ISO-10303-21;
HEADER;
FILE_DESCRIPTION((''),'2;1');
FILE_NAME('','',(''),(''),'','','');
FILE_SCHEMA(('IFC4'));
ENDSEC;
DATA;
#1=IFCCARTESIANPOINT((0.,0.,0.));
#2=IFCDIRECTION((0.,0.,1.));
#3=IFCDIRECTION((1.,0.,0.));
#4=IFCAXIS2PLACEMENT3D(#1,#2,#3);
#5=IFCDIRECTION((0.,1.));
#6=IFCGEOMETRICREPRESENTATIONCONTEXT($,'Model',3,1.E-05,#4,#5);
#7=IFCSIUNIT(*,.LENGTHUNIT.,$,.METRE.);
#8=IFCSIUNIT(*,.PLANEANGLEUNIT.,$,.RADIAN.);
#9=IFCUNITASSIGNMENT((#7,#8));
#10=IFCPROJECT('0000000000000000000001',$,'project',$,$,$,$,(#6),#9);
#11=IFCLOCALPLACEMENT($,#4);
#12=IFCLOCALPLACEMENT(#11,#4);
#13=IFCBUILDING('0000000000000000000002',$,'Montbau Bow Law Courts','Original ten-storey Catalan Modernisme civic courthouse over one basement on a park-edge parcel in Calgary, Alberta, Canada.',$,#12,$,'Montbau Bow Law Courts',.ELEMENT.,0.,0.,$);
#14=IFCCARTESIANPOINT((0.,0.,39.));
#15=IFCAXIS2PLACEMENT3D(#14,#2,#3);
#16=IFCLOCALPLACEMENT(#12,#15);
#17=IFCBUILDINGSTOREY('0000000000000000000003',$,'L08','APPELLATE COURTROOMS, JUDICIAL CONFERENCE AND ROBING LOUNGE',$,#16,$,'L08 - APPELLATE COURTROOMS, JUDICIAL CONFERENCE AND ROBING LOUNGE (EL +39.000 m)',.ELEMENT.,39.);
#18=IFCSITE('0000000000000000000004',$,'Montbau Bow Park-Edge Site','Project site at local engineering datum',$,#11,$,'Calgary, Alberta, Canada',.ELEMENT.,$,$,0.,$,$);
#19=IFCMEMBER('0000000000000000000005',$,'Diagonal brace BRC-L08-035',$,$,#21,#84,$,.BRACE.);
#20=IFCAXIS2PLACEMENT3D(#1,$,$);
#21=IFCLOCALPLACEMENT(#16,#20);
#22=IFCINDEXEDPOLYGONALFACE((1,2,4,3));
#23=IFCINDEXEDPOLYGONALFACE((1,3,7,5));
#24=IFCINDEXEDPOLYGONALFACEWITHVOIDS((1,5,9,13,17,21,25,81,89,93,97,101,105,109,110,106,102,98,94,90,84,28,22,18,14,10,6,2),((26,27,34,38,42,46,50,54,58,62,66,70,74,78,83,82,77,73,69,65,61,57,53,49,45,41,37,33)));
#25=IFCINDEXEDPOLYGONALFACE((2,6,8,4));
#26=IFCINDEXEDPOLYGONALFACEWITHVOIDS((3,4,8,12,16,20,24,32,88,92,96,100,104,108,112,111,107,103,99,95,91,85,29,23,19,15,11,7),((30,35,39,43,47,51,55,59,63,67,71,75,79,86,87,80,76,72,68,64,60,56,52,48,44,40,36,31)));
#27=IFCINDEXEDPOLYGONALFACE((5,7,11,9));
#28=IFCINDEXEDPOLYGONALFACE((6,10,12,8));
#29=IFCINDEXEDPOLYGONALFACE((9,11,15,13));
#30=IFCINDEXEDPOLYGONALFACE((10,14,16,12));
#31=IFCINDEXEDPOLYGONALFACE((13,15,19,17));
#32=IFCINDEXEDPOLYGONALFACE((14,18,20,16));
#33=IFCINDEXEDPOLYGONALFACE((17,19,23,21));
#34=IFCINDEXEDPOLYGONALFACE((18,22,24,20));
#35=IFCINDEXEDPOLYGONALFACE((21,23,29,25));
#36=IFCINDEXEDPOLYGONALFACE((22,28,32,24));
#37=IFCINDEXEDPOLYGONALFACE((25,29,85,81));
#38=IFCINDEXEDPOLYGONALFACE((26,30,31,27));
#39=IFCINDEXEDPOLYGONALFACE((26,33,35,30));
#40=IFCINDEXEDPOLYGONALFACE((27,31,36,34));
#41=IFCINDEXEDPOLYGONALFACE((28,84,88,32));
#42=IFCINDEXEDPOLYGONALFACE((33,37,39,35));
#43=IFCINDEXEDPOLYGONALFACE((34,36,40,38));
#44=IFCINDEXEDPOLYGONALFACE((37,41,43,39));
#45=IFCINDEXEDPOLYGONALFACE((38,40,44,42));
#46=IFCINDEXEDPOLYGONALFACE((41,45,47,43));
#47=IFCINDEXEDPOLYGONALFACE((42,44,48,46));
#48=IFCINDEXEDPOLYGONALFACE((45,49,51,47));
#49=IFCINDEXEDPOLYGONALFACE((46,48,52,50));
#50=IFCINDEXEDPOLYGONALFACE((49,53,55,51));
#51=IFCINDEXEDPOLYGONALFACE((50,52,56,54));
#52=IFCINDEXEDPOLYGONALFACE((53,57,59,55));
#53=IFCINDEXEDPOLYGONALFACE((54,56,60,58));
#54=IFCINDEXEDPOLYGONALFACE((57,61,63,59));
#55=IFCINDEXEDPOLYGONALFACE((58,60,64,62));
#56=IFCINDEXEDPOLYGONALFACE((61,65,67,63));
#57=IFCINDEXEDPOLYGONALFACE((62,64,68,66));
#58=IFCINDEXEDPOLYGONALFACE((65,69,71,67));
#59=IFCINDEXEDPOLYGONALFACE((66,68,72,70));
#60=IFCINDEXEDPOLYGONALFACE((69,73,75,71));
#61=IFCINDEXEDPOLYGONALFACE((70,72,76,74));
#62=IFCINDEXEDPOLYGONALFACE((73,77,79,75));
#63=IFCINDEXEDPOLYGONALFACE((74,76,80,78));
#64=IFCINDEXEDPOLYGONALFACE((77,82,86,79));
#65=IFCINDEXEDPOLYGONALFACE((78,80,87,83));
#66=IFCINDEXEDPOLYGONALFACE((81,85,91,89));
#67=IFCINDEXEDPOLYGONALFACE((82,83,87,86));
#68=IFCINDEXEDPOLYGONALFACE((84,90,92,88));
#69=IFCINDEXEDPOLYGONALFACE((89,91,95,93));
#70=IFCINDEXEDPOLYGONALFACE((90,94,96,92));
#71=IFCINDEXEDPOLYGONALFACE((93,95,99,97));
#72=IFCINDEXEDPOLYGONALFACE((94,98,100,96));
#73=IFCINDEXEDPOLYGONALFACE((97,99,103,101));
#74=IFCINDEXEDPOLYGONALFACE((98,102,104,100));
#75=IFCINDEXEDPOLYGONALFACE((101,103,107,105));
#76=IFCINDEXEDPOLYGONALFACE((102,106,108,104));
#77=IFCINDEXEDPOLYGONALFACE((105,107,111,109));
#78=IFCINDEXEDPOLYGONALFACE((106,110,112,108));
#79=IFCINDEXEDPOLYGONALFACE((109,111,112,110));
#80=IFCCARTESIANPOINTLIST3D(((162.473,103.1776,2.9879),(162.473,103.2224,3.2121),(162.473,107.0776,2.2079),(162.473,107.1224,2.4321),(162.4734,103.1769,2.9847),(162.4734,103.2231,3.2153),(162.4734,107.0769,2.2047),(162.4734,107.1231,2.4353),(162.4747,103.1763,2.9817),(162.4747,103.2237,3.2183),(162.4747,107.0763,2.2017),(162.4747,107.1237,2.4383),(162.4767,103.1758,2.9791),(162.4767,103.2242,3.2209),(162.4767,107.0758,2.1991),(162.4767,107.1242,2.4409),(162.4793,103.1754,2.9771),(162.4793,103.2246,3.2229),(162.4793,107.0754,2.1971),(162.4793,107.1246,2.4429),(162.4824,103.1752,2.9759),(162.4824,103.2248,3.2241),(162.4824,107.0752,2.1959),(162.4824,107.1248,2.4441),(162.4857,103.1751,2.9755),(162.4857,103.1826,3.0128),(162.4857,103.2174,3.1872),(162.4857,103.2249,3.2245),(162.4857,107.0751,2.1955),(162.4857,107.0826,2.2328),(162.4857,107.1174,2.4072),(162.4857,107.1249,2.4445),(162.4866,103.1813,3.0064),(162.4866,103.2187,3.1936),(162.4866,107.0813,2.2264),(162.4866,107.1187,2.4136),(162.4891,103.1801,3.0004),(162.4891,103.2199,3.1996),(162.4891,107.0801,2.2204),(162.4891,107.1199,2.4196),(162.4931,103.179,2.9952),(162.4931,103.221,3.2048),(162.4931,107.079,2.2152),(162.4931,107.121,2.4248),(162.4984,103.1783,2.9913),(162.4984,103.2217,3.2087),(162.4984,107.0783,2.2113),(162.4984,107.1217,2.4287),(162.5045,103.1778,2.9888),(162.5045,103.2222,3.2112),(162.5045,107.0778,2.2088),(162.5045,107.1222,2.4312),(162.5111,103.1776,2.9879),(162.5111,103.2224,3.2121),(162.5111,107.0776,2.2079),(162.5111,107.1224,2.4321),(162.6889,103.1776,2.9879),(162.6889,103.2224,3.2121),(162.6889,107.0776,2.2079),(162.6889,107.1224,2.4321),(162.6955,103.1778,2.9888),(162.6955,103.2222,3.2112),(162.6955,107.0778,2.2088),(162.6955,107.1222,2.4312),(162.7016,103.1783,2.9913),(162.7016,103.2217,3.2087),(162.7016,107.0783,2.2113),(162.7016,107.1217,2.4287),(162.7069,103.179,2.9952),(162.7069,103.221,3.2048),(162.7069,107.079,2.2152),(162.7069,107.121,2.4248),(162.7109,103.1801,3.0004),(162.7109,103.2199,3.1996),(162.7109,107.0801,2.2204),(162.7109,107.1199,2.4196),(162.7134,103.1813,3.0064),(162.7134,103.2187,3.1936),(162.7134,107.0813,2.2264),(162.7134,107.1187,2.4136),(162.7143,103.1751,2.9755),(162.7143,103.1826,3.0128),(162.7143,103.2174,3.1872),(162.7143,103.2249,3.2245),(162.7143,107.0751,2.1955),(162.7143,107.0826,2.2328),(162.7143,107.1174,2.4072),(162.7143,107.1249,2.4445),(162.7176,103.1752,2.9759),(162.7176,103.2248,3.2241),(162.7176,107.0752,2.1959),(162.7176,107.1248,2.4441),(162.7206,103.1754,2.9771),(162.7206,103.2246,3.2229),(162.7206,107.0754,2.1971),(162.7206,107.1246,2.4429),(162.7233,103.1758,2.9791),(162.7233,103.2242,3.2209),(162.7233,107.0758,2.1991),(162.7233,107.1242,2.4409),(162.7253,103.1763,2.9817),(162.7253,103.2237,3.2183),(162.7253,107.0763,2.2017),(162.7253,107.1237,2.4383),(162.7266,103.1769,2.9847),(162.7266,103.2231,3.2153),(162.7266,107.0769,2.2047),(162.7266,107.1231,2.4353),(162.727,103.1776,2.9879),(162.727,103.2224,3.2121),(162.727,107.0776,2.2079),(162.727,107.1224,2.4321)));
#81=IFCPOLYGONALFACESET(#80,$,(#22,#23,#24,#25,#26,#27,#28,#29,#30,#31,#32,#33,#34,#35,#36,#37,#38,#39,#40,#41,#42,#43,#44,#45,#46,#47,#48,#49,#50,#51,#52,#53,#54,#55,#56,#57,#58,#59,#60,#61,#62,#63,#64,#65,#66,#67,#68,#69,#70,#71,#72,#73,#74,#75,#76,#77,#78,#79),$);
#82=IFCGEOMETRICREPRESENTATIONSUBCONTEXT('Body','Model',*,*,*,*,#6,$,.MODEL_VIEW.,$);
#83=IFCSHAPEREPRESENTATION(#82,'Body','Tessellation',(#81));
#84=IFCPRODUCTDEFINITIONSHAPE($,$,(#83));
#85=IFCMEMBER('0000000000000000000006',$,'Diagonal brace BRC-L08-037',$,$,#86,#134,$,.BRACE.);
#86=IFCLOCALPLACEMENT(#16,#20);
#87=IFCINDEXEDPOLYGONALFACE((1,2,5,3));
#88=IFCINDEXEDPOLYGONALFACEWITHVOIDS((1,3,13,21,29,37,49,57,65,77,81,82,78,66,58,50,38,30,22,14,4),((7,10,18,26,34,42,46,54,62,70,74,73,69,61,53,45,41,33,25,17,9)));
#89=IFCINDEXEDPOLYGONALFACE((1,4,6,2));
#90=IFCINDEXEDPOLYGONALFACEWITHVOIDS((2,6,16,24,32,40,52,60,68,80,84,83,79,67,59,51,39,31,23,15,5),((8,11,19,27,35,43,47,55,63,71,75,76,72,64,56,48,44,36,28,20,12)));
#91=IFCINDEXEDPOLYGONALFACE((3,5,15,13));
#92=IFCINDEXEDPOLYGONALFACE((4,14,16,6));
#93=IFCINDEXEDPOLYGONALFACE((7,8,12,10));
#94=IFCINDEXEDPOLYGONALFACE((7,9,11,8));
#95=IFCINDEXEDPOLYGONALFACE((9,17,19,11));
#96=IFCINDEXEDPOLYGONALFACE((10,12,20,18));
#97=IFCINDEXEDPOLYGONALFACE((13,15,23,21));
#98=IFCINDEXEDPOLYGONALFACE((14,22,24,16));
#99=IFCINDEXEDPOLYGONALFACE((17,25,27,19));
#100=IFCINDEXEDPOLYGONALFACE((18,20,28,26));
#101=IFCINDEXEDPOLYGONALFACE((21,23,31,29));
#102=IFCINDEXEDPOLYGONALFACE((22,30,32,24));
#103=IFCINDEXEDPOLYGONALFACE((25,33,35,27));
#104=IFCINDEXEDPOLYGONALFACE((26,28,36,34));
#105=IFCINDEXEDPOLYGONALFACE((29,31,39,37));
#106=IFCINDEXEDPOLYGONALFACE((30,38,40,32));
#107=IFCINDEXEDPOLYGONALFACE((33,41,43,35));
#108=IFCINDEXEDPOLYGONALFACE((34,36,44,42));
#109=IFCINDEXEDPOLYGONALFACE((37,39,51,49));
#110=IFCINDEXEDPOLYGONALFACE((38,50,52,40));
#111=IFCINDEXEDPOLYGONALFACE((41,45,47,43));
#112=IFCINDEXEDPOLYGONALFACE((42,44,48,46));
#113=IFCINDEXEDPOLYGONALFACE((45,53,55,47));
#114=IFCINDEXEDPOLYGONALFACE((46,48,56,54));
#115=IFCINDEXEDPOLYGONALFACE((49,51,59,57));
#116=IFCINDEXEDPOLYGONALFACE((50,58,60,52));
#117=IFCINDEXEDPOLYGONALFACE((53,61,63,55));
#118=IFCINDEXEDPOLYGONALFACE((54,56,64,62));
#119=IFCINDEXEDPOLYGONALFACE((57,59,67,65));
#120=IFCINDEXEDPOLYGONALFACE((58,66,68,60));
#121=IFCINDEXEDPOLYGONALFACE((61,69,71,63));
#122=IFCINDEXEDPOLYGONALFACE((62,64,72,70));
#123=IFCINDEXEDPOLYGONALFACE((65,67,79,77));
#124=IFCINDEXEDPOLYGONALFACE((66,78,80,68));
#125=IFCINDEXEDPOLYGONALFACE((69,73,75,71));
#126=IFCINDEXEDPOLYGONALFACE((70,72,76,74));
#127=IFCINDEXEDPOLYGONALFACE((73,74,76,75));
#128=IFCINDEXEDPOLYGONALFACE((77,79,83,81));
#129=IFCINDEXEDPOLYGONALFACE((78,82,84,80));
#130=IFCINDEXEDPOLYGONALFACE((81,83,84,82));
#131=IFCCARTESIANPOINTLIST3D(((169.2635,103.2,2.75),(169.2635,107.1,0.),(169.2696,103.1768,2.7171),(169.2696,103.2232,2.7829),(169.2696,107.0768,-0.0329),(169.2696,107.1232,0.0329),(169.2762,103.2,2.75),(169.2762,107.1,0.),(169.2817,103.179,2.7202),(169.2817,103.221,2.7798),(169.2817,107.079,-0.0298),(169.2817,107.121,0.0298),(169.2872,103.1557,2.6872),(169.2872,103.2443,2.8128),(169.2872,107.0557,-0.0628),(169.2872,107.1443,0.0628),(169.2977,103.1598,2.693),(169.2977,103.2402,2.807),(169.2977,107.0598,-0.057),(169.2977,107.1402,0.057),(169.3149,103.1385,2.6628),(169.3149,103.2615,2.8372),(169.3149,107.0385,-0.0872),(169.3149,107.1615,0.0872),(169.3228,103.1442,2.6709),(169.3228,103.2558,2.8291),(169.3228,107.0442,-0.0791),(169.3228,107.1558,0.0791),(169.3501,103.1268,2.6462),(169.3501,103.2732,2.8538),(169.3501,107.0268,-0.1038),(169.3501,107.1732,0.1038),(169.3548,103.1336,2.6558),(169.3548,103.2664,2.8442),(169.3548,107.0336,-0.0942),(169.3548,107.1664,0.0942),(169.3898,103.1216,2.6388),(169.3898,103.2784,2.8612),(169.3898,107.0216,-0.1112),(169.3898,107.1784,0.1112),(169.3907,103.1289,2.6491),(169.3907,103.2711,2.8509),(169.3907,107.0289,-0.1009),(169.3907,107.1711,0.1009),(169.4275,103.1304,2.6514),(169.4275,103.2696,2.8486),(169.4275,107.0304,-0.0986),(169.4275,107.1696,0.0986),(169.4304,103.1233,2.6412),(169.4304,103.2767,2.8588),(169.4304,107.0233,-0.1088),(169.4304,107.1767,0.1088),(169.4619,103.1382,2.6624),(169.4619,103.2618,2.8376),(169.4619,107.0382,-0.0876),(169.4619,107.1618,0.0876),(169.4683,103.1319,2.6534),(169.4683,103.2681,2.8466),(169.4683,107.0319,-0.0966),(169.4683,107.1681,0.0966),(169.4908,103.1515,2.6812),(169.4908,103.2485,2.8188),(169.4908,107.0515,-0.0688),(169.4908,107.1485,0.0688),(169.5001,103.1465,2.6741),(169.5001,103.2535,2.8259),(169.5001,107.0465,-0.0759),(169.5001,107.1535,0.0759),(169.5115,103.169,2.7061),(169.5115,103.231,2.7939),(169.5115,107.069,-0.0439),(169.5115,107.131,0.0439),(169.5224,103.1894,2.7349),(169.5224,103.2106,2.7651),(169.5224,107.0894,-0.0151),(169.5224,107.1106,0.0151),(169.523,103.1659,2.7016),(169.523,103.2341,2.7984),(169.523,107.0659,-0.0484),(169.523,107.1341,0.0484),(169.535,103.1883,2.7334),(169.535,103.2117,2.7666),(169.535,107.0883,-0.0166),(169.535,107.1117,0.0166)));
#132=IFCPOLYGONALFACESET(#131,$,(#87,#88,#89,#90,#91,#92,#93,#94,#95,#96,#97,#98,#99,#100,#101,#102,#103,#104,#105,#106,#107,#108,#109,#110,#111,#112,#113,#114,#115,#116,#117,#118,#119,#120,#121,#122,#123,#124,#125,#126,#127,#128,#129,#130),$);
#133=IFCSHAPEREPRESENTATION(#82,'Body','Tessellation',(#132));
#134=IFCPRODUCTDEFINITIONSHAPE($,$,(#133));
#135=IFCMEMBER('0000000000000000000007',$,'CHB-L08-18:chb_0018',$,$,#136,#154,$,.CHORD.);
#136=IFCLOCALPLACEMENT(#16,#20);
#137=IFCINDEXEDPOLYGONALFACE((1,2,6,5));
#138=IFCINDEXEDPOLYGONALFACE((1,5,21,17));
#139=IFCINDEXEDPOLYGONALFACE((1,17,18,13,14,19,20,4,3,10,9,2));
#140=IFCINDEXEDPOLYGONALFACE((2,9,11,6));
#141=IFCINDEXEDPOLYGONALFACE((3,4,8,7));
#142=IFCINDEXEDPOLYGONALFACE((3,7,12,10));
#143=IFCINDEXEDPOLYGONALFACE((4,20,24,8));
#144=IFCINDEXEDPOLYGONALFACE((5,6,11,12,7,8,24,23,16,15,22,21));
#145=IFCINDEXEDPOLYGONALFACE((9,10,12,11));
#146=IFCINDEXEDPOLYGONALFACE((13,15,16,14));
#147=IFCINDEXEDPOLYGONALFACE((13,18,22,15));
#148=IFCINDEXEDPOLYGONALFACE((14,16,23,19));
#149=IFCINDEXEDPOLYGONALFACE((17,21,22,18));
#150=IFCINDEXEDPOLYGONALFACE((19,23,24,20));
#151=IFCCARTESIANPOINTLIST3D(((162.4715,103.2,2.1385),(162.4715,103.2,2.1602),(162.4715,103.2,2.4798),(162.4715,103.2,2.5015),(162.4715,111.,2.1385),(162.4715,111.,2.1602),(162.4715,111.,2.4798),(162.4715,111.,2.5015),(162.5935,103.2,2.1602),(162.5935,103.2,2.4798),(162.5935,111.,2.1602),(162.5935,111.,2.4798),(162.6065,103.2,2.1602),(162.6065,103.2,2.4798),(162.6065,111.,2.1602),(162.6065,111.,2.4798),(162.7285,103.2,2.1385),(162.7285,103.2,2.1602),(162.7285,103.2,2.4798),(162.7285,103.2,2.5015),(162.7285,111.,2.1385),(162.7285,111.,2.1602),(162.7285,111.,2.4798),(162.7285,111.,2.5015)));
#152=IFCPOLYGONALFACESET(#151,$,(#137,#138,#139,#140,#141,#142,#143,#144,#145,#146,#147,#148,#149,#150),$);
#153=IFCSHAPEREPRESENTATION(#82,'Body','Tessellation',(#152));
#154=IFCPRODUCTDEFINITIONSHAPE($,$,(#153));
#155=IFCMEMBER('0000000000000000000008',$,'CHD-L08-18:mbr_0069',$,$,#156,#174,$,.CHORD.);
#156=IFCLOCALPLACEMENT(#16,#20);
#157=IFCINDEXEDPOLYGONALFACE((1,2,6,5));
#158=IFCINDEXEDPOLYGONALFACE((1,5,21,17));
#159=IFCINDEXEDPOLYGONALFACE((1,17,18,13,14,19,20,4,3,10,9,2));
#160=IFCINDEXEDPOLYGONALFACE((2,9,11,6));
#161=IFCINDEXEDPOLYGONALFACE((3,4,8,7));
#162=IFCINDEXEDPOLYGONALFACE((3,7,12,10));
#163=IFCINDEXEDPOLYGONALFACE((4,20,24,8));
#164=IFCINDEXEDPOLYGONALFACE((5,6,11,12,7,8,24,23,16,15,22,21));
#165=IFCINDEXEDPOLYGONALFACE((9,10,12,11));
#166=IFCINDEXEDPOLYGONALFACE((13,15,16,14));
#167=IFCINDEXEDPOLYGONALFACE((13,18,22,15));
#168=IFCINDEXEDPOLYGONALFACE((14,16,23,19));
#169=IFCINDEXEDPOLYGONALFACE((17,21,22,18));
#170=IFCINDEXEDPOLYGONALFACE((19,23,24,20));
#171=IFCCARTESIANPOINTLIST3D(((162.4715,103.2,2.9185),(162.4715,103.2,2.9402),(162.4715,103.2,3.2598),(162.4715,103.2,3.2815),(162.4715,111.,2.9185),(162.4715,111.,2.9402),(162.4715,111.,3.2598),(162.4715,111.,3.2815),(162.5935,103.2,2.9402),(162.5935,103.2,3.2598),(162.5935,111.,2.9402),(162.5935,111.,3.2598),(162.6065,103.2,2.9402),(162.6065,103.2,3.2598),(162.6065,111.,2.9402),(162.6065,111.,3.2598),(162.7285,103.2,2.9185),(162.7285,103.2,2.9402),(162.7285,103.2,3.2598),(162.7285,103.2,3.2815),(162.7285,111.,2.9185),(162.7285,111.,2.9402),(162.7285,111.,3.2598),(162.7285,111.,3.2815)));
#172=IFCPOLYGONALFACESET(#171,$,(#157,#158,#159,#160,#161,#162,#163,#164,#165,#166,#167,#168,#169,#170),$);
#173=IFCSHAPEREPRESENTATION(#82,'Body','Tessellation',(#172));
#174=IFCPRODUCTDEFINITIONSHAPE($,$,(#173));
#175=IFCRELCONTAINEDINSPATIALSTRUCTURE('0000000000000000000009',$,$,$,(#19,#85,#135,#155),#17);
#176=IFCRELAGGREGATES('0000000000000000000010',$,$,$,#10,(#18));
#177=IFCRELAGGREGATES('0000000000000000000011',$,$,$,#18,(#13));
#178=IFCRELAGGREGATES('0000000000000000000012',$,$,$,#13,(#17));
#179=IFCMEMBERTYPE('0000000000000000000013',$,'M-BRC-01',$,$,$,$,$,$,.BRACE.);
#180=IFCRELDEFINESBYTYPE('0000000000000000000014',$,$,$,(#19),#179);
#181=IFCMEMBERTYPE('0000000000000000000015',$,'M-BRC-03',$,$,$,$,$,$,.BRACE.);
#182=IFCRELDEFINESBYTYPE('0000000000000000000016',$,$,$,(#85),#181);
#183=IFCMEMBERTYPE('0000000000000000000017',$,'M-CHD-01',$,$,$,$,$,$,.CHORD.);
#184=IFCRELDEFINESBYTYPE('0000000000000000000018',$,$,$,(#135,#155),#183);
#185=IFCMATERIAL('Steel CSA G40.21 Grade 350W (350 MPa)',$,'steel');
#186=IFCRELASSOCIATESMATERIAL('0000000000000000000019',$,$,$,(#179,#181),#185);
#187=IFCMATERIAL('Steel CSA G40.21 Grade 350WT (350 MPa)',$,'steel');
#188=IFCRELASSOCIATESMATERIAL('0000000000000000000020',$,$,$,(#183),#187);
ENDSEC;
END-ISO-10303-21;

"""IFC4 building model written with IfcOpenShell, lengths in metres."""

from ifc_helpers import new_model, si_unit, direction, frame, origin_with_axes, origin_2d_with_axis, place, context, subcontext, project, spatial, hollow_rectangle, hollow_circle, i_section, extrude, material, material_profile, profile_set, type_object, element, save


model = new_model("IFC4")

# Units and contexts
model_context = context("Model", 3, precision=1e-05, world=origin_with_axes(), true_north=direction((0.0, 1.0)))
body_context = subcontext(model_context, "Body", "Model", "MODEL_VIEW")
ifc_project = project(units=[si_unit("LENGTHUNIT", "METRE"), si_unit("PLANEANGLEUNIT", "RADIAN")], contexts=[model_context])

# Site, building, storey
site_placement = place(None, origin_with_axes())
site = spatial("IfcSite", under=ifc_project, at=site_placement, Name="Montbau Bow Park-Edge Site", Description="Project site at local engineering datum", LongName="Calgary, Alberta, Canada", CompositionType="ELEMENT", RefElevation=0.0)
building_placement = place(site_placement, origin_with_axes())
building = spatial("IfcBuilding", under=site, at=building_placement, Name="Montbau Bow Law Courts", Description="Original ten-storey Catalan Modernisme civic courthouse over one basement on a park-edge parcel in Calgary, Alberta, Canada.", LongName="Montbau Bow Law Courts", CompositionType="ELEMENT", ElevationOfRefHeight=0.0, ElevationOfTerrain=0.0)
storey_placement = place(building_placement, frame((0.0, 0.0, 39.0), z_axis=(0.0, 0.0, 1.0), x_axis=(1.0, 0.0, 0.0)))
storey = spatial("IfcBuildingStorey", under=building, at=storey_placement, Name="L08", Description="APPELLATE COURTROOMS, JUDICIAL CONFERENCE AND ROBING LOUNGE", LongName="L08 - APPELLATE COURTROOMS, JUDICIAL CONFERENCE AND ROBING LOUNGE (EL +39.000 m)", CompositionType="ELEMENT", Elevation=39.0)

# Shared definitions
ifc_material_1 = material(Name="Steel CSA G40.21 Grade 350W (350 MPa)", Category="steel")

# Shared definitions
ifc_material_2 = material(Name="Steel CSA G40.21 Grade 350WT (350 MPa)", Category="steel")

# Members
ifc_material_profile_1 = material_profile(ifc_material_1, hollow_rectangle(XDim=0.254, YDim=0.254, WallThickness=0.0127, InnerFilletRadius=0.0254, OuterFilletRadius=0.0127, at=origin_2d_with_axis()), Name="HSS254X254X13", Category="Main", Priority=0)
ifc_profile_set_1 = profile_set([ifc_material_profile_1], Name="Steel CSA G40.21 Grade 350W (350 MPa)")
member_type_1 = type_object("IfcMemberType", Name="M-BRC-01", PredefinedType="BRACE", material=ifc_profile_set_1)
member_1_placement = place(None, frame((162.6, 103.2, 42.1), z_axis=(0.0, 0.980581, -0.196116), x_axis=(-1.0, 0.0, 0.0)))
element("IfcMember", 1, at=member_1_placement, inside=storey, type_object=member_type_1, Name="Diagonal brace BRC-L08-035", PredefinedType="BRACE", context=body_context, shape_type="SweptSolid", body=[
    extrude(hollow_rectangle(XDim=0.254, YDim=0.254, WallThickness=0.0127, InnerFilletRadius=0.0254, OuterFilletRadius=0.0127, at=origin_2d_with_axis()), origin_with_axes(), (0.0, 0.0, 1.0), 3.9772),
])
ifc_material_profile_2 = material_profile(ifc_material_1, hollow_circle(Radius=0.1365, WallThickness=0.0127, at=origin_2d_with_axis()), Name="HSS273X13", Category="Main", Priority=0)
ifc_profile_set_2 = profile_set([ifc_material_profile_2], Name="Steel CSA G40.21 Grade 350W (350 MPa)")
member_type_2 = type_object("IfcMemberType", Name="M-BRC-03", PredefinedType="BRACE", material=ifc_profile_set_2)
member_2_placement = place(None, frame((169.4, 103.2, 41.75), z_axis=(0.0, 0.817258, -0.576272), x_axis=(-1.0, 0.0, 0.0)))
element("IfcMember", 2, at=member_2_placement, inside=storey, type_object=member_type_2, Name="Diagonal brace BRC-L08-037", PredefinedType="BRACE", context=body_context, shape_type="SweptSolid", body=[
    extrude(hollow_circle(Radius=0.1365, WallThickness=0.0127, at=origin_2d_with_axis()), origin_with_axes(), (0.0, 0.0, 1.0), 4.7721),
])
ifc_material_profile_3 = material_profile(ifc_material_2, i_section(OverallWidth=0.257, OverallDepth=0.363, WebThickness=0.013, FlangeThickness=0.0217, at=origin_2d_with_axis()), Name="W360X122", Category="Main", Priority=0)
ifc_profile_set_3 = profile_set([ifc_material_profile_3], Name="Steel CSA G40.21 Grade 350WT (350 MPa)")
member_type_3 = type_object("IfcMemberType", Name="M-CHD-01", PredefinedType="CHORD", material=ifc_profile_set_3)
for number, where, z_axis, x_axis, name in (
    (3, (162.6, 103.2, 41.32), (0.0, 1.0, 0.0), (-1.0, 0.0, 0.0), "CHB-L08-18:chb_0018"),
    (4, (162.6, 103.2, 42.1), (0.0, 1.0, 0.0), (-1.0, 0.0, 0.0), "CHD-L08-18:mbr_0069"),
):
    element("IfcMember", number, at=place(None, frame(where, z_axis=z_axis, x_axis=x_axis)), inside=storey, type_object=member_type_3, Name=name, PredefinedType="CHORD", context=body_context, shape_type="SweptSolid", body=[
        extrude(i_section(OverallWidth=0.257, OverallDepth=0.363, WebThickness=0.013, FlangeThickness=0.0217, at=origin_2d_with_axis()), origin_with_axes(), (0.0, 0.0, 1.0), 7.8),
    ])

save(model, "model.ifc")
